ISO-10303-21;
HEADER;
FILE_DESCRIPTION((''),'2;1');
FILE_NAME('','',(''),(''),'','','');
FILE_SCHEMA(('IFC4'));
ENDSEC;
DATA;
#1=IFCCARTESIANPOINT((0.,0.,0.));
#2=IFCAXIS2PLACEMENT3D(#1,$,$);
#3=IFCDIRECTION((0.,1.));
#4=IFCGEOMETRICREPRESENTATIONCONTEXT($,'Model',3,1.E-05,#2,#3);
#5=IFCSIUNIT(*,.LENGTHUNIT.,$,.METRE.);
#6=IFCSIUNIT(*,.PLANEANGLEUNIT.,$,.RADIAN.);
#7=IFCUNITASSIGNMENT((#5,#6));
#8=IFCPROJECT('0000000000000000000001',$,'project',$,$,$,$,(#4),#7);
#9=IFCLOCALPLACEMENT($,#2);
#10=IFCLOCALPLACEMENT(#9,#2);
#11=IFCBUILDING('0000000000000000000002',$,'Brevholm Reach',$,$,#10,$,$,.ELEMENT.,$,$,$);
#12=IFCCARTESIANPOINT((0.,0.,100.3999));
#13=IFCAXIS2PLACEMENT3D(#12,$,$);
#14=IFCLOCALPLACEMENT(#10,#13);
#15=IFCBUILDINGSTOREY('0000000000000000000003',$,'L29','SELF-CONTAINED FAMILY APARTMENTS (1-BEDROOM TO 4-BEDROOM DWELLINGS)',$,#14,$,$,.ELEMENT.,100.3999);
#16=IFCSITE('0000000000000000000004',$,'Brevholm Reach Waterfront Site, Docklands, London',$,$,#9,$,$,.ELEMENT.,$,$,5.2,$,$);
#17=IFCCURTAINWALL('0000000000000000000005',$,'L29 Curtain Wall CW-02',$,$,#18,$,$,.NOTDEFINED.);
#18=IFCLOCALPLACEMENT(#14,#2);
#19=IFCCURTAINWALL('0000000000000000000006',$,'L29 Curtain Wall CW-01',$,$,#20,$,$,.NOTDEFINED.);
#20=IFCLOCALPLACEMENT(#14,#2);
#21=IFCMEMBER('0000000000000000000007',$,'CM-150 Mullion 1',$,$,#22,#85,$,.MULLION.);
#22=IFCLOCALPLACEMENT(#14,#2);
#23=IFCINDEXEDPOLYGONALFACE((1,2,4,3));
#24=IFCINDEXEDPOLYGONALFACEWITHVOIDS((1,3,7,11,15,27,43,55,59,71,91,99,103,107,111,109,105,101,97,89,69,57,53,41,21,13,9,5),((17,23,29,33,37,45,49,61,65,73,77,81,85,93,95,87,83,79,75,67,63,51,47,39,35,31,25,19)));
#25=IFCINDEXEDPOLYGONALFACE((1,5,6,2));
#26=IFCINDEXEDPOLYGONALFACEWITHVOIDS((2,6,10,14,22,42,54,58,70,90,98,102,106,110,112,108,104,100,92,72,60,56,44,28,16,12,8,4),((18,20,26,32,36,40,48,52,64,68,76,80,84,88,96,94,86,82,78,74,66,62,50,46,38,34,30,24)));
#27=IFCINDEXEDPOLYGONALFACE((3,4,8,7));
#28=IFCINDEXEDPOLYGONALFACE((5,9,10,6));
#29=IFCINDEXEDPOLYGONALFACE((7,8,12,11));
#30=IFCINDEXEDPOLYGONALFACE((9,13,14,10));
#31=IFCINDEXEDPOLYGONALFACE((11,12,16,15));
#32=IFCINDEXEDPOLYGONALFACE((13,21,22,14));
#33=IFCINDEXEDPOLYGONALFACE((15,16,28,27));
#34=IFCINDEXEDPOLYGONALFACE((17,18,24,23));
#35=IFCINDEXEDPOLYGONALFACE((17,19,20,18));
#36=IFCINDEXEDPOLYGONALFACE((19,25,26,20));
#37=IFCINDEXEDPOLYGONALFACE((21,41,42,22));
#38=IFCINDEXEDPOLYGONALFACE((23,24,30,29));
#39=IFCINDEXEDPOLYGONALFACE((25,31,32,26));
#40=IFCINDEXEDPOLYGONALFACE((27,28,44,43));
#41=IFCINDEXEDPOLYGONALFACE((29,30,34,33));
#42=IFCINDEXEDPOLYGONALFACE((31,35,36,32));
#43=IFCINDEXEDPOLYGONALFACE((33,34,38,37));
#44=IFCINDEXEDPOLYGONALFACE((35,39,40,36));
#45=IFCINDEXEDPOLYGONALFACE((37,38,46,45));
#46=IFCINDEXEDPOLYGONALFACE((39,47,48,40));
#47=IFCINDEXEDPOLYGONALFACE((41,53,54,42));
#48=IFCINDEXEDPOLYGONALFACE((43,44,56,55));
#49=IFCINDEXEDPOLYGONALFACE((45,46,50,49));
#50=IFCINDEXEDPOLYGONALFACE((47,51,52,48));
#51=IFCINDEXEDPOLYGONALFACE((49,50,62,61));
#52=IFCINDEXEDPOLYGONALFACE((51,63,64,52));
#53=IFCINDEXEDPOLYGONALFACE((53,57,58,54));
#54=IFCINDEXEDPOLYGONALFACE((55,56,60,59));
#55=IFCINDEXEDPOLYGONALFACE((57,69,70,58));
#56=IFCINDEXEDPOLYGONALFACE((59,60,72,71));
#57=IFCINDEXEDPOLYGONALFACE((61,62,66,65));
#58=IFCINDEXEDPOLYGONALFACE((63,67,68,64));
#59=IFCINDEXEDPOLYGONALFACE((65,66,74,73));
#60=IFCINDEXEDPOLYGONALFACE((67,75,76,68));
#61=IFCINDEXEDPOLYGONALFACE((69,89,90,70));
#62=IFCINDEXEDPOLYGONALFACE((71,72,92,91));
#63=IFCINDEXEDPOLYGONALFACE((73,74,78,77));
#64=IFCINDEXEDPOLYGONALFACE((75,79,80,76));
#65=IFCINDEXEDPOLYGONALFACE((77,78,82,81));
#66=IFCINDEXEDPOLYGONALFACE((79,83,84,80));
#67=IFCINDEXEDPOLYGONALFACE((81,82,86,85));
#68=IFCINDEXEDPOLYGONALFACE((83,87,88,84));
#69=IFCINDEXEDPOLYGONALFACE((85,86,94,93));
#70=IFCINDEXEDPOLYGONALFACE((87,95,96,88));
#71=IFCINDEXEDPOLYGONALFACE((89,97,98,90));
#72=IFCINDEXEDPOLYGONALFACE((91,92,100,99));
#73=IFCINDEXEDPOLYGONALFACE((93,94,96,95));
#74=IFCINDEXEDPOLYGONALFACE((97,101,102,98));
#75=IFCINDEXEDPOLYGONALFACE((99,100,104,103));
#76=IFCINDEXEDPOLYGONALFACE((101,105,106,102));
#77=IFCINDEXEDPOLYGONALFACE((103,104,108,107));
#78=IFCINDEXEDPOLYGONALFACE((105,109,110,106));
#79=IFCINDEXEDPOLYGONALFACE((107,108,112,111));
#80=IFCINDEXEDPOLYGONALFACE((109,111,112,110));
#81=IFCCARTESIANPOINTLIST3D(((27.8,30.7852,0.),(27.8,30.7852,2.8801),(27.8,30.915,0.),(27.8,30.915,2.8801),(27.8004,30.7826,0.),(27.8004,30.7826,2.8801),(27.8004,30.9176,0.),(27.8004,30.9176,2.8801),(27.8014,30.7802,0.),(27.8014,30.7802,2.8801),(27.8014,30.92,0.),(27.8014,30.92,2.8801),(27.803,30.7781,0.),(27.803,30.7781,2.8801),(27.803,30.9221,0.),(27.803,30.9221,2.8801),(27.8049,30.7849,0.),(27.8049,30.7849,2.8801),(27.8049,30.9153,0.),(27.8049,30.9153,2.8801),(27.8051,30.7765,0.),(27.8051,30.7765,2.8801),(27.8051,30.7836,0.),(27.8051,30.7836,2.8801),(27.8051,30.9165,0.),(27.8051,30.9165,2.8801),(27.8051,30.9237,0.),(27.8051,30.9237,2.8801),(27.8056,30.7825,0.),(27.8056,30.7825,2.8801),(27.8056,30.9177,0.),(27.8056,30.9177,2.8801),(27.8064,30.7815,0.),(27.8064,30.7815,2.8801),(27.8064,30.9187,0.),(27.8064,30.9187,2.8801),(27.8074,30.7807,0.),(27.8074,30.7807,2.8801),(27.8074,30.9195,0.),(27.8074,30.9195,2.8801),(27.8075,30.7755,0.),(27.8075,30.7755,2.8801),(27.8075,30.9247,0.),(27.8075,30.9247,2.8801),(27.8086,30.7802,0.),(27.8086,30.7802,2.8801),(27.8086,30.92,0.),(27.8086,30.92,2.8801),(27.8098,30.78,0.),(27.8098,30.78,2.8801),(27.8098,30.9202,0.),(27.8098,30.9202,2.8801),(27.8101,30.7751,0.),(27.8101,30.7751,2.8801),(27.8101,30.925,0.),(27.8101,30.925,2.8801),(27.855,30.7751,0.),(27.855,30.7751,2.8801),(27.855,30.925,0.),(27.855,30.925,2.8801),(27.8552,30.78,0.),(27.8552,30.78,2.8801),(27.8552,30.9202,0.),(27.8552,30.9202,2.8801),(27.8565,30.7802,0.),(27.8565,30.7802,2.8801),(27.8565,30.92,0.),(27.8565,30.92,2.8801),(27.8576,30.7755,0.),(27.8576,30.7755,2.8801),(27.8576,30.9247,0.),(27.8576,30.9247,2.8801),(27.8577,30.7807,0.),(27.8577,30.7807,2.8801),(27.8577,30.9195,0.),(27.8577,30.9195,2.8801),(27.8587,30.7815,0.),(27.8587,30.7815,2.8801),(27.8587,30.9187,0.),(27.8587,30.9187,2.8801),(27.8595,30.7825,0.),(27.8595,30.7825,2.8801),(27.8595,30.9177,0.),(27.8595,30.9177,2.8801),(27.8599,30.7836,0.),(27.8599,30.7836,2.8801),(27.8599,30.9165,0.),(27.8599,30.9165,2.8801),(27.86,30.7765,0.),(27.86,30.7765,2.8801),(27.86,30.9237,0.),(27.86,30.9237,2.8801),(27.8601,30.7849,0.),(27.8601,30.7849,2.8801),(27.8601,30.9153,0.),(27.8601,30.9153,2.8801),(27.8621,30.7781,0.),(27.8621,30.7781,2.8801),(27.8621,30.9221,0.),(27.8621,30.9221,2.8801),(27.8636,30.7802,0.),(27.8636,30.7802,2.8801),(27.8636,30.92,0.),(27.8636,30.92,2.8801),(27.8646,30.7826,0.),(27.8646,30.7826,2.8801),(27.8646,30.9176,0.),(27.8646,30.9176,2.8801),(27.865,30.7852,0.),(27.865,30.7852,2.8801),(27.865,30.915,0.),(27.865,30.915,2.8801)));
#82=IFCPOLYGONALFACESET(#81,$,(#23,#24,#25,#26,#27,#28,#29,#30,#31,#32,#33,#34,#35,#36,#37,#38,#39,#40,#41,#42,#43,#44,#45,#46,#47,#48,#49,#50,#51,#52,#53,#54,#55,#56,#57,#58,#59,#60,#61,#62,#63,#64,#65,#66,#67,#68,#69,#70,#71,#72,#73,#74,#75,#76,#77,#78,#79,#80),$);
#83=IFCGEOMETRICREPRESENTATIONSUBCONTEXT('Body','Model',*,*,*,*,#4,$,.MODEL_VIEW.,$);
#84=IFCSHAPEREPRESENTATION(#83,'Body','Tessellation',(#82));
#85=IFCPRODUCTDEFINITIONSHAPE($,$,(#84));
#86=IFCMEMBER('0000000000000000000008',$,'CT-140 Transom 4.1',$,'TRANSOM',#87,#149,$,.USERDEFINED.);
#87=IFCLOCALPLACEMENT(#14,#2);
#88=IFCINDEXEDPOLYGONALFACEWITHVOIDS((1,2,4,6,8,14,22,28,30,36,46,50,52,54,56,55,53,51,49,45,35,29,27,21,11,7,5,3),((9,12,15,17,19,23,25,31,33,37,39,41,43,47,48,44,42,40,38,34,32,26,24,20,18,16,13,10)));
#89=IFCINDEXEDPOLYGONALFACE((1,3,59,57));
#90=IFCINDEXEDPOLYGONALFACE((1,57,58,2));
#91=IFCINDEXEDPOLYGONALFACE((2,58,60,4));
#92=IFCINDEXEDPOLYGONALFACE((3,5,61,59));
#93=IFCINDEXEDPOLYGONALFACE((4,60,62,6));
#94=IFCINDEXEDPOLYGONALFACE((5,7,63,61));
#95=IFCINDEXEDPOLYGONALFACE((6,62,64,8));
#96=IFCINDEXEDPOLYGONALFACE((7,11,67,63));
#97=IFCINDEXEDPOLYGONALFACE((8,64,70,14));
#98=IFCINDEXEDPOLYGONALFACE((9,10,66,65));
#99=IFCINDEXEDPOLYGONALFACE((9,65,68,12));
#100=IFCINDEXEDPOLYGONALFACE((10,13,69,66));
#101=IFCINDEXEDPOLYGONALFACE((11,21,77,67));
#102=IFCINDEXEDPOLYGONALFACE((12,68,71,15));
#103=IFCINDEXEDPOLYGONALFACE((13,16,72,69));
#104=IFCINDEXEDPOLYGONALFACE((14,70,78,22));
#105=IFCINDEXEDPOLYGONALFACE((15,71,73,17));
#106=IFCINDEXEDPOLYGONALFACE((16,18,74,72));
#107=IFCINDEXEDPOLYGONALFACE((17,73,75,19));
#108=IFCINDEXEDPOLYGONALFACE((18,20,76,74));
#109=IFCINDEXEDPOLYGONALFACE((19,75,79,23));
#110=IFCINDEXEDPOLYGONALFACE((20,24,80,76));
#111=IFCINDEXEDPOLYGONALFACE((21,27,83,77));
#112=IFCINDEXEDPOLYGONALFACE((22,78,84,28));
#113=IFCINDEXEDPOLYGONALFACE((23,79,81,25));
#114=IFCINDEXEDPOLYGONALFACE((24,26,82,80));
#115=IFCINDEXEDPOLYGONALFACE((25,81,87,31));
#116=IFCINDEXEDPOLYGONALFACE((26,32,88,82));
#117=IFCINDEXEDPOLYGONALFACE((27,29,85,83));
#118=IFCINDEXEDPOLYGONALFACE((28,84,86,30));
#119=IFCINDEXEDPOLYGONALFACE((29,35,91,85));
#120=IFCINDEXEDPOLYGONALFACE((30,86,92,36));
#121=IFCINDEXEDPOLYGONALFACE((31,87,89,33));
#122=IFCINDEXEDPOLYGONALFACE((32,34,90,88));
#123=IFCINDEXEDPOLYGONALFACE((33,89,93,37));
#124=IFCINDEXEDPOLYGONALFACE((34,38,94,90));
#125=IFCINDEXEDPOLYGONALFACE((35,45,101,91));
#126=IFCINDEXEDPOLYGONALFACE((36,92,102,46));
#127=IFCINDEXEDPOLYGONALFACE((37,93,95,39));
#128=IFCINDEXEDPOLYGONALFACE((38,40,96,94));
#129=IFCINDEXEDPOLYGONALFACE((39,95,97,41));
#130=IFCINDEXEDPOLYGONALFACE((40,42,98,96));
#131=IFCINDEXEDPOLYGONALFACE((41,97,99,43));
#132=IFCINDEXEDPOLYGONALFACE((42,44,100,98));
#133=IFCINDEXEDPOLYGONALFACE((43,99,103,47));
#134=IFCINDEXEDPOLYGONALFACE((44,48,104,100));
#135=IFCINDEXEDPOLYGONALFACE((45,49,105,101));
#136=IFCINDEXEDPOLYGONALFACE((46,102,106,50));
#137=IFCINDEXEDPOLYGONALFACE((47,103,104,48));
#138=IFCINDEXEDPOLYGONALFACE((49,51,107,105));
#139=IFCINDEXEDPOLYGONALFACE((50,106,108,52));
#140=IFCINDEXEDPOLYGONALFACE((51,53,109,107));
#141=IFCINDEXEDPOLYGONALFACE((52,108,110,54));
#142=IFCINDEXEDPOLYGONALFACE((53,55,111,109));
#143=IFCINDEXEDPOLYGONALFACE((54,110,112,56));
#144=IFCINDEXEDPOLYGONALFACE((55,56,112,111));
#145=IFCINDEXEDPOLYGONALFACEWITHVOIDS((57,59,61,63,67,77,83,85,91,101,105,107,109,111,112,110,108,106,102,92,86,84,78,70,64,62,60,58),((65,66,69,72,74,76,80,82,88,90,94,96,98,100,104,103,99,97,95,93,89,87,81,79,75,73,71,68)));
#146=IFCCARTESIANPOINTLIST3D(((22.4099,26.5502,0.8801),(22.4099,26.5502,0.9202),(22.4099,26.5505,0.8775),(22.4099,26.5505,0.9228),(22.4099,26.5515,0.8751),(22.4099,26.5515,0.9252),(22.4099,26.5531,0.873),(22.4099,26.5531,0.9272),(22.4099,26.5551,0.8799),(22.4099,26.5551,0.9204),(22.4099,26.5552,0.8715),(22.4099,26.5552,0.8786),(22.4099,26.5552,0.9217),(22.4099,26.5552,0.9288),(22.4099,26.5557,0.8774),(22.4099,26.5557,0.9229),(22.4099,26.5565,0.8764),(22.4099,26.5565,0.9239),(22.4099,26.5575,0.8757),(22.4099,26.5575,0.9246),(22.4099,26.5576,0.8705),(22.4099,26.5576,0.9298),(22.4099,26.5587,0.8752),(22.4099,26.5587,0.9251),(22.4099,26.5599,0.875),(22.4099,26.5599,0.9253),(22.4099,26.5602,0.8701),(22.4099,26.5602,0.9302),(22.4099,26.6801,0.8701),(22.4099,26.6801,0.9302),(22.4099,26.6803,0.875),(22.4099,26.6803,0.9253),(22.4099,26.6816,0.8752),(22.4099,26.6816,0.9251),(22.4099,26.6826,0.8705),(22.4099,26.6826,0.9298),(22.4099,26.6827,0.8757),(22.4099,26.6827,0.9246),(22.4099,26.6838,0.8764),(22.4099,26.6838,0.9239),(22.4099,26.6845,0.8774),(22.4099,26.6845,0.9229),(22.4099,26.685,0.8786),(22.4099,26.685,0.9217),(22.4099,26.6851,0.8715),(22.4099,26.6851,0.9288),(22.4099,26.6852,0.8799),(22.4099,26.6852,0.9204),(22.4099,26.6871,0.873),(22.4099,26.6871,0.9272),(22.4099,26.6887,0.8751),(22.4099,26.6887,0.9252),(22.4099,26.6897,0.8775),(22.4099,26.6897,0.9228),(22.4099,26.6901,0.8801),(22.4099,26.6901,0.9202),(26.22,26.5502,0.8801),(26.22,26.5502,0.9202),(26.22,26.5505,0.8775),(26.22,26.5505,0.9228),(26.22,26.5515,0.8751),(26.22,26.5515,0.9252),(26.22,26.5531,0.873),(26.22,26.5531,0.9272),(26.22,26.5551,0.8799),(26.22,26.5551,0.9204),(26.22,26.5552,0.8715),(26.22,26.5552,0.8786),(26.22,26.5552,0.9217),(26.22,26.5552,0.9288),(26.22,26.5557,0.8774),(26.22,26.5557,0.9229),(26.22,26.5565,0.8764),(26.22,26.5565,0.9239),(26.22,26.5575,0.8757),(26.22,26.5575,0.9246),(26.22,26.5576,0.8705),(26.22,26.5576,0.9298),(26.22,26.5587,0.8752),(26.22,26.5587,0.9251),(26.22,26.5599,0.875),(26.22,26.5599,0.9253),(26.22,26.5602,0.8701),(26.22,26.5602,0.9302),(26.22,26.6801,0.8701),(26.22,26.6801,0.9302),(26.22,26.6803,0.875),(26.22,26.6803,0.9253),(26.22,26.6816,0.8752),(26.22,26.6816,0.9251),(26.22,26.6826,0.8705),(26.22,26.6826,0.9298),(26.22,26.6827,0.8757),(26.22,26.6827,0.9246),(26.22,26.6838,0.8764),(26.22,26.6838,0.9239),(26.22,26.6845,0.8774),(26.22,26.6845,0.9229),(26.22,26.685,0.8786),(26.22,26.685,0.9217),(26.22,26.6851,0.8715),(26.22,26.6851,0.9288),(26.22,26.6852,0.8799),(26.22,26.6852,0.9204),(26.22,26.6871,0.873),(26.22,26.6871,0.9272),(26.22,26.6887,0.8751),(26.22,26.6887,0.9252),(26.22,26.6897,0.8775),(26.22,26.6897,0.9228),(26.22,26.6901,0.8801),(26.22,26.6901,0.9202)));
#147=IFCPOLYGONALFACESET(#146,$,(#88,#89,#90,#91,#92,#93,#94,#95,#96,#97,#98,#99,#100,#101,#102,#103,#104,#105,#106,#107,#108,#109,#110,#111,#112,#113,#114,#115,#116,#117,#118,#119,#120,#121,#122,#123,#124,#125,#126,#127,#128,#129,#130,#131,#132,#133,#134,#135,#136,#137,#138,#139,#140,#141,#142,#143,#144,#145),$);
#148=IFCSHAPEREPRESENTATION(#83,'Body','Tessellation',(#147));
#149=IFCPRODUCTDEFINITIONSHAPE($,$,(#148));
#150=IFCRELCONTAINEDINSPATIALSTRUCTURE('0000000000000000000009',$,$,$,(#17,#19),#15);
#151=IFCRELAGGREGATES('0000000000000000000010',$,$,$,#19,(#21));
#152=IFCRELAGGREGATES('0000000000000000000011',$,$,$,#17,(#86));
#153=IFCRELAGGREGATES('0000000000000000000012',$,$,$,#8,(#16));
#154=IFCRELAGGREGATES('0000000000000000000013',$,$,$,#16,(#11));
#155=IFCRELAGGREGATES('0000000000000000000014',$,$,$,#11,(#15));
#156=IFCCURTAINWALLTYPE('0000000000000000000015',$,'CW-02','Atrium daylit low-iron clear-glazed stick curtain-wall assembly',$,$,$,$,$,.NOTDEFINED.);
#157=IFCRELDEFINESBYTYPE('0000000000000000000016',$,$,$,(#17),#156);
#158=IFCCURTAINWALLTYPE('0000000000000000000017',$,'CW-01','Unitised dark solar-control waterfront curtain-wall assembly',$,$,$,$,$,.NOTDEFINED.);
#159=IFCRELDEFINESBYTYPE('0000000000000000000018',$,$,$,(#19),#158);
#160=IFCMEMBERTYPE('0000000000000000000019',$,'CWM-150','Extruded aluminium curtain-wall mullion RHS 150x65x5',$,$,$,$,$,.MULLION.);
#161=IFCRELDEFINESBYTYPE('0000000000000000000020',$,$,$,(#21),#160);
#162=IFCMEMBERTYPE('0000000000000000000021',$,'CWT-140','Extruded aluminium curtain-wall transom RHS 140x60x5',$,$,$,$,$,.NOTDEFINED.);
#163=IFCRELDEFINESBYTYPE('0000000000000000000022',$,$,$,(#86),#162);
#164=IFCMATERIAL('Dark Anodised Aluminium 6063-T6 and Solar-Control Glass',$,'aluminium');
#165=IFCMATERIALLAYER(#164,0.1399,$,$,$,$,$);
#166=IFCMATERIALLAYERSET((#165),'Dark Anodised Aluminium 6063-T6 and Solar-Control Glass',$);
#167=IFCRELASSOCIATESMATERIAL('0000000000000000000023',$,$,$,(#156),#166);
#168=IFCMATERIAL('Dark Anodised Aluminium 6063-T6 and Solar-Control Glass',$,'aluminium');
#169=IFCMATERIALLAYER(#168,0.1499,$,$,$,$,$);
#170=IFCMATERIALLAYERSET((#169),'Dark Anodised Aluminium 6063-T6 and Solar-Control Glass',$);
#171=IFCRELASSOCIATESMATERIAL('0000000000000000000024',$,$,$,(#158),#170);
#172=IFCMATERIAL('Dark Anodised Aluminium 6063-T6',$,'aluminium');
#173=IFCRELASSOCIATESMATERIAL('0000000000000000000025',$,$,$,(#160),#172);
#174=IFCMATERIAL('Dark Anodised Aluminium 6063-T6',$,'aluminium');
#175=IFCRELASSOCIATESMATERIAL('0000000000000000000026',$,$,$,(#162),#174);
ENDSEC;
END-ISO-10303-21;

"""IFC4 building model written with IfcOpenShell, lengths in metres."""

from ifc_helpers import new_model, si_unit, direction, frame, origin, origin_2d, place, context, subcontext, project, spatial, hollow_rectangle, extrude, material, layer, layer_set, material_profile, profile_set, type_object, element, aggregate, save


model = new_model("IFC4")

# Units and contexts
model_context = context("Model", 3, precision=1e-05, world=origin(), true_north=direction((0.0, 1.0)))
body_context = subcontext(model_context, "Body", "Model", "MODEL_VIEW")
ifc_project = project(units=[si_unit("LENGTHUNIT", "METRE"), si_unit("PLANEANGLEUNIT", "RADIAN")], contexts=[model_context])

# Site, building, storey
site_placement = place(None, origin())
site = spatial("IfcSite", under=ifc_project, at=site_placement, Name="Brevholm Reach Waterfront Site, Docklands, London", CompositionType="ELEMENT", RefElevation=5.2)
building_placement = place(site_placement, origin())
building = spatial("IfcBuilding", under=site, at=building_placement, Name="Brevholm Reach", CompositionType="ELEMENT")
storey_placement = place(building_placement, frame((0.0, 0.0, 100.3999)))
storey = spatial("IfcBuildingStorey", under=building, at=storey_placement, Name="L29", Description="SELF-CONTAINED FAMILY APARTMENTS (1-BEDROOM TO 4-BEDROOM DWELLINGS)", CompositionType="ELEMENT", Elevation=100.3999)

# Curtain wall
ifc_material_1 = material(Name="Dark Anodised Aluminium 6063-T6 and Solar-Control Glass", Category="aluminium")
ifc_layer_1 = layer(ifc_material_1, 0.1399)
ifc_layer_set_1 = layer_set([ifc_layer_1], Name="Dark Anodised Aluminium 6063-T6 and Solar-Control Glass")
curtain_wall_type_1 = type_object("IfcCurtainWallType", Name="CW-02", Description="Atrium daylit low-iron clear-glazed stick curtain-wall assembly", PredefinedType="NOTDEFINED", material=ifc_layer_set_1)
curtain_wall_1_placement = place(storey_placement, origin())
curtain_wall_1 = element("IfcCurtainWall", 1, at=curtain_wall_1_placement, inside=storey, type_object=curtain_wall_type_1, Name="L29 Curtain Wall CW-02", PredefinedType="NOTDEFINED")

# Curtain wall, member
ifc_material_2 = material(Name="Dark Anodised Aluminium 6063-T6 and Solar-Control Glass", Category="aluminium")
ifc_layer_2 = layer(ifc_material_2, 0.1499)
ifc_layer_set_2 = layer_set([ifc_layer_2], Name="Dark Anodised Aluminium 6063-T6 and Solar-Control Glass")
curtain_wall_type_2 = type_object("IfcCurtainWallType", Name="CW-01", Description="Unitised dark solar-control waterfront curtain-wall assembly", PredefinedType="NOTDEFINED", material=ifc_layer_set_2)
curtain_wall_2_placement = place(storey_placement, origin())
curtain_wall_2 = element("IfcCurtainWall", 2, at=curtain_wall_2_placement, inside=storey, type_object=curtain_wall_type_2, Name="L29 Curtain Wall CW-01", PredefinedType="NOTDEFINED")
ifc_material_3 = material(Name="Dark Anodised Aluminium 6063-T6", Category="aluminium")
ifc_material_profile_1 = material_profile(ifc_material_3, hollow_rectangle(XDim=0.0649, YDim=0.1499, WallThickness=0.0049, InnerFilletRadius=0.0049, OuterFilletRadius=0.01, at=origin_2d()), Name="RHS 150x65x5")
ifc_profile_set_1 = profile_set([ifc_material_profile_1], Name="Dark Anodised Aluminium 6063-T6")
member_type_1 = type_object("IfcMemberType", Name="CWM-150", Description="Extruded aluminium curtain-wall mullion RHS 150x65x5", PredefinedType="MULLION", material=ifc_profile_set_1)
member_1_placement = place(storey_placement, frame((27.8325, 30.8501, 0.0), z_axis=(0.0, 0.0, 1.0), x_axis=(1.0, 0.0, 0.0)))
member_1 = element("IfcMember", 3, at=member_1_placement, type_object=member_type_1, Name="CM-150 Mullion 1", PredefinedType="MULLION", context=body_context, shape_type="SweptSolid", body=[
    extrude(hollow_rectangle(XDim=0.0649, YDim=0.1499, WallThickness=0.0049, InnerFilletRadius=0.0049, OuterFilletRadius=0.01, at=origin_2d()), origin(), (0.0, 0.0, 1.0), 2.8801),
])

# Member
ifc_material_4 = material(Name="Dark Anodised Aluminium 6063-T6", Category="aluminium")
ifc_material_profile_2 = material_profile(ifc_material_4, hollow_rectangle(XDim=0.0601, YDim=0.1399, WallThickness=0.0049, InnerFilletRadius=0.0049, OuterFilletRadius=0.01, at=origin_2d()), Name="RHS 140x60x5")
ifc_profile_set_2 = profile_set([ifc_material_profile_2], Name="Dark Anodised Aluminium 6063-T6")
member_type_2 = type_object("IfcMemberType", Name="CWT-140", Description="Extruded aluminium curtain-wall transom RHS 140x60x5", PredefinedType="NOTDEFINED", material=ifc_profile_set_2)
member_2_placement = place(storey_placement, frame((26.22, 26.6201, 0.9001), z_axis=(-1.0, 0.0, 0.0), x_axis=(0.0, 0.0, 1.0)))
member_2 = element("IfcMember", 4, at=member_2_placement, type_object=member_type_2, Name="CT-140 Transom 4.1", ObjectType="TRANSOM", PredefinedType="USERDEFINED", context=body_context, shape_type="SweptSolid", body=[
    extrude(hollow_rectangle(XDim=0.0601, YDim=0.1399, WallThickness=0.0049, InnerFilletRadius=0.0049, OuterFilletRadius=0.01, at=origin_2d()), origin(), (0.0, 0.0, 1.0), 3.8101),
])
aggregate(curtain_wall_2, [member_1])

aggregate(curtain_wall_1, [member_2])

save(model, "model.ifc")
